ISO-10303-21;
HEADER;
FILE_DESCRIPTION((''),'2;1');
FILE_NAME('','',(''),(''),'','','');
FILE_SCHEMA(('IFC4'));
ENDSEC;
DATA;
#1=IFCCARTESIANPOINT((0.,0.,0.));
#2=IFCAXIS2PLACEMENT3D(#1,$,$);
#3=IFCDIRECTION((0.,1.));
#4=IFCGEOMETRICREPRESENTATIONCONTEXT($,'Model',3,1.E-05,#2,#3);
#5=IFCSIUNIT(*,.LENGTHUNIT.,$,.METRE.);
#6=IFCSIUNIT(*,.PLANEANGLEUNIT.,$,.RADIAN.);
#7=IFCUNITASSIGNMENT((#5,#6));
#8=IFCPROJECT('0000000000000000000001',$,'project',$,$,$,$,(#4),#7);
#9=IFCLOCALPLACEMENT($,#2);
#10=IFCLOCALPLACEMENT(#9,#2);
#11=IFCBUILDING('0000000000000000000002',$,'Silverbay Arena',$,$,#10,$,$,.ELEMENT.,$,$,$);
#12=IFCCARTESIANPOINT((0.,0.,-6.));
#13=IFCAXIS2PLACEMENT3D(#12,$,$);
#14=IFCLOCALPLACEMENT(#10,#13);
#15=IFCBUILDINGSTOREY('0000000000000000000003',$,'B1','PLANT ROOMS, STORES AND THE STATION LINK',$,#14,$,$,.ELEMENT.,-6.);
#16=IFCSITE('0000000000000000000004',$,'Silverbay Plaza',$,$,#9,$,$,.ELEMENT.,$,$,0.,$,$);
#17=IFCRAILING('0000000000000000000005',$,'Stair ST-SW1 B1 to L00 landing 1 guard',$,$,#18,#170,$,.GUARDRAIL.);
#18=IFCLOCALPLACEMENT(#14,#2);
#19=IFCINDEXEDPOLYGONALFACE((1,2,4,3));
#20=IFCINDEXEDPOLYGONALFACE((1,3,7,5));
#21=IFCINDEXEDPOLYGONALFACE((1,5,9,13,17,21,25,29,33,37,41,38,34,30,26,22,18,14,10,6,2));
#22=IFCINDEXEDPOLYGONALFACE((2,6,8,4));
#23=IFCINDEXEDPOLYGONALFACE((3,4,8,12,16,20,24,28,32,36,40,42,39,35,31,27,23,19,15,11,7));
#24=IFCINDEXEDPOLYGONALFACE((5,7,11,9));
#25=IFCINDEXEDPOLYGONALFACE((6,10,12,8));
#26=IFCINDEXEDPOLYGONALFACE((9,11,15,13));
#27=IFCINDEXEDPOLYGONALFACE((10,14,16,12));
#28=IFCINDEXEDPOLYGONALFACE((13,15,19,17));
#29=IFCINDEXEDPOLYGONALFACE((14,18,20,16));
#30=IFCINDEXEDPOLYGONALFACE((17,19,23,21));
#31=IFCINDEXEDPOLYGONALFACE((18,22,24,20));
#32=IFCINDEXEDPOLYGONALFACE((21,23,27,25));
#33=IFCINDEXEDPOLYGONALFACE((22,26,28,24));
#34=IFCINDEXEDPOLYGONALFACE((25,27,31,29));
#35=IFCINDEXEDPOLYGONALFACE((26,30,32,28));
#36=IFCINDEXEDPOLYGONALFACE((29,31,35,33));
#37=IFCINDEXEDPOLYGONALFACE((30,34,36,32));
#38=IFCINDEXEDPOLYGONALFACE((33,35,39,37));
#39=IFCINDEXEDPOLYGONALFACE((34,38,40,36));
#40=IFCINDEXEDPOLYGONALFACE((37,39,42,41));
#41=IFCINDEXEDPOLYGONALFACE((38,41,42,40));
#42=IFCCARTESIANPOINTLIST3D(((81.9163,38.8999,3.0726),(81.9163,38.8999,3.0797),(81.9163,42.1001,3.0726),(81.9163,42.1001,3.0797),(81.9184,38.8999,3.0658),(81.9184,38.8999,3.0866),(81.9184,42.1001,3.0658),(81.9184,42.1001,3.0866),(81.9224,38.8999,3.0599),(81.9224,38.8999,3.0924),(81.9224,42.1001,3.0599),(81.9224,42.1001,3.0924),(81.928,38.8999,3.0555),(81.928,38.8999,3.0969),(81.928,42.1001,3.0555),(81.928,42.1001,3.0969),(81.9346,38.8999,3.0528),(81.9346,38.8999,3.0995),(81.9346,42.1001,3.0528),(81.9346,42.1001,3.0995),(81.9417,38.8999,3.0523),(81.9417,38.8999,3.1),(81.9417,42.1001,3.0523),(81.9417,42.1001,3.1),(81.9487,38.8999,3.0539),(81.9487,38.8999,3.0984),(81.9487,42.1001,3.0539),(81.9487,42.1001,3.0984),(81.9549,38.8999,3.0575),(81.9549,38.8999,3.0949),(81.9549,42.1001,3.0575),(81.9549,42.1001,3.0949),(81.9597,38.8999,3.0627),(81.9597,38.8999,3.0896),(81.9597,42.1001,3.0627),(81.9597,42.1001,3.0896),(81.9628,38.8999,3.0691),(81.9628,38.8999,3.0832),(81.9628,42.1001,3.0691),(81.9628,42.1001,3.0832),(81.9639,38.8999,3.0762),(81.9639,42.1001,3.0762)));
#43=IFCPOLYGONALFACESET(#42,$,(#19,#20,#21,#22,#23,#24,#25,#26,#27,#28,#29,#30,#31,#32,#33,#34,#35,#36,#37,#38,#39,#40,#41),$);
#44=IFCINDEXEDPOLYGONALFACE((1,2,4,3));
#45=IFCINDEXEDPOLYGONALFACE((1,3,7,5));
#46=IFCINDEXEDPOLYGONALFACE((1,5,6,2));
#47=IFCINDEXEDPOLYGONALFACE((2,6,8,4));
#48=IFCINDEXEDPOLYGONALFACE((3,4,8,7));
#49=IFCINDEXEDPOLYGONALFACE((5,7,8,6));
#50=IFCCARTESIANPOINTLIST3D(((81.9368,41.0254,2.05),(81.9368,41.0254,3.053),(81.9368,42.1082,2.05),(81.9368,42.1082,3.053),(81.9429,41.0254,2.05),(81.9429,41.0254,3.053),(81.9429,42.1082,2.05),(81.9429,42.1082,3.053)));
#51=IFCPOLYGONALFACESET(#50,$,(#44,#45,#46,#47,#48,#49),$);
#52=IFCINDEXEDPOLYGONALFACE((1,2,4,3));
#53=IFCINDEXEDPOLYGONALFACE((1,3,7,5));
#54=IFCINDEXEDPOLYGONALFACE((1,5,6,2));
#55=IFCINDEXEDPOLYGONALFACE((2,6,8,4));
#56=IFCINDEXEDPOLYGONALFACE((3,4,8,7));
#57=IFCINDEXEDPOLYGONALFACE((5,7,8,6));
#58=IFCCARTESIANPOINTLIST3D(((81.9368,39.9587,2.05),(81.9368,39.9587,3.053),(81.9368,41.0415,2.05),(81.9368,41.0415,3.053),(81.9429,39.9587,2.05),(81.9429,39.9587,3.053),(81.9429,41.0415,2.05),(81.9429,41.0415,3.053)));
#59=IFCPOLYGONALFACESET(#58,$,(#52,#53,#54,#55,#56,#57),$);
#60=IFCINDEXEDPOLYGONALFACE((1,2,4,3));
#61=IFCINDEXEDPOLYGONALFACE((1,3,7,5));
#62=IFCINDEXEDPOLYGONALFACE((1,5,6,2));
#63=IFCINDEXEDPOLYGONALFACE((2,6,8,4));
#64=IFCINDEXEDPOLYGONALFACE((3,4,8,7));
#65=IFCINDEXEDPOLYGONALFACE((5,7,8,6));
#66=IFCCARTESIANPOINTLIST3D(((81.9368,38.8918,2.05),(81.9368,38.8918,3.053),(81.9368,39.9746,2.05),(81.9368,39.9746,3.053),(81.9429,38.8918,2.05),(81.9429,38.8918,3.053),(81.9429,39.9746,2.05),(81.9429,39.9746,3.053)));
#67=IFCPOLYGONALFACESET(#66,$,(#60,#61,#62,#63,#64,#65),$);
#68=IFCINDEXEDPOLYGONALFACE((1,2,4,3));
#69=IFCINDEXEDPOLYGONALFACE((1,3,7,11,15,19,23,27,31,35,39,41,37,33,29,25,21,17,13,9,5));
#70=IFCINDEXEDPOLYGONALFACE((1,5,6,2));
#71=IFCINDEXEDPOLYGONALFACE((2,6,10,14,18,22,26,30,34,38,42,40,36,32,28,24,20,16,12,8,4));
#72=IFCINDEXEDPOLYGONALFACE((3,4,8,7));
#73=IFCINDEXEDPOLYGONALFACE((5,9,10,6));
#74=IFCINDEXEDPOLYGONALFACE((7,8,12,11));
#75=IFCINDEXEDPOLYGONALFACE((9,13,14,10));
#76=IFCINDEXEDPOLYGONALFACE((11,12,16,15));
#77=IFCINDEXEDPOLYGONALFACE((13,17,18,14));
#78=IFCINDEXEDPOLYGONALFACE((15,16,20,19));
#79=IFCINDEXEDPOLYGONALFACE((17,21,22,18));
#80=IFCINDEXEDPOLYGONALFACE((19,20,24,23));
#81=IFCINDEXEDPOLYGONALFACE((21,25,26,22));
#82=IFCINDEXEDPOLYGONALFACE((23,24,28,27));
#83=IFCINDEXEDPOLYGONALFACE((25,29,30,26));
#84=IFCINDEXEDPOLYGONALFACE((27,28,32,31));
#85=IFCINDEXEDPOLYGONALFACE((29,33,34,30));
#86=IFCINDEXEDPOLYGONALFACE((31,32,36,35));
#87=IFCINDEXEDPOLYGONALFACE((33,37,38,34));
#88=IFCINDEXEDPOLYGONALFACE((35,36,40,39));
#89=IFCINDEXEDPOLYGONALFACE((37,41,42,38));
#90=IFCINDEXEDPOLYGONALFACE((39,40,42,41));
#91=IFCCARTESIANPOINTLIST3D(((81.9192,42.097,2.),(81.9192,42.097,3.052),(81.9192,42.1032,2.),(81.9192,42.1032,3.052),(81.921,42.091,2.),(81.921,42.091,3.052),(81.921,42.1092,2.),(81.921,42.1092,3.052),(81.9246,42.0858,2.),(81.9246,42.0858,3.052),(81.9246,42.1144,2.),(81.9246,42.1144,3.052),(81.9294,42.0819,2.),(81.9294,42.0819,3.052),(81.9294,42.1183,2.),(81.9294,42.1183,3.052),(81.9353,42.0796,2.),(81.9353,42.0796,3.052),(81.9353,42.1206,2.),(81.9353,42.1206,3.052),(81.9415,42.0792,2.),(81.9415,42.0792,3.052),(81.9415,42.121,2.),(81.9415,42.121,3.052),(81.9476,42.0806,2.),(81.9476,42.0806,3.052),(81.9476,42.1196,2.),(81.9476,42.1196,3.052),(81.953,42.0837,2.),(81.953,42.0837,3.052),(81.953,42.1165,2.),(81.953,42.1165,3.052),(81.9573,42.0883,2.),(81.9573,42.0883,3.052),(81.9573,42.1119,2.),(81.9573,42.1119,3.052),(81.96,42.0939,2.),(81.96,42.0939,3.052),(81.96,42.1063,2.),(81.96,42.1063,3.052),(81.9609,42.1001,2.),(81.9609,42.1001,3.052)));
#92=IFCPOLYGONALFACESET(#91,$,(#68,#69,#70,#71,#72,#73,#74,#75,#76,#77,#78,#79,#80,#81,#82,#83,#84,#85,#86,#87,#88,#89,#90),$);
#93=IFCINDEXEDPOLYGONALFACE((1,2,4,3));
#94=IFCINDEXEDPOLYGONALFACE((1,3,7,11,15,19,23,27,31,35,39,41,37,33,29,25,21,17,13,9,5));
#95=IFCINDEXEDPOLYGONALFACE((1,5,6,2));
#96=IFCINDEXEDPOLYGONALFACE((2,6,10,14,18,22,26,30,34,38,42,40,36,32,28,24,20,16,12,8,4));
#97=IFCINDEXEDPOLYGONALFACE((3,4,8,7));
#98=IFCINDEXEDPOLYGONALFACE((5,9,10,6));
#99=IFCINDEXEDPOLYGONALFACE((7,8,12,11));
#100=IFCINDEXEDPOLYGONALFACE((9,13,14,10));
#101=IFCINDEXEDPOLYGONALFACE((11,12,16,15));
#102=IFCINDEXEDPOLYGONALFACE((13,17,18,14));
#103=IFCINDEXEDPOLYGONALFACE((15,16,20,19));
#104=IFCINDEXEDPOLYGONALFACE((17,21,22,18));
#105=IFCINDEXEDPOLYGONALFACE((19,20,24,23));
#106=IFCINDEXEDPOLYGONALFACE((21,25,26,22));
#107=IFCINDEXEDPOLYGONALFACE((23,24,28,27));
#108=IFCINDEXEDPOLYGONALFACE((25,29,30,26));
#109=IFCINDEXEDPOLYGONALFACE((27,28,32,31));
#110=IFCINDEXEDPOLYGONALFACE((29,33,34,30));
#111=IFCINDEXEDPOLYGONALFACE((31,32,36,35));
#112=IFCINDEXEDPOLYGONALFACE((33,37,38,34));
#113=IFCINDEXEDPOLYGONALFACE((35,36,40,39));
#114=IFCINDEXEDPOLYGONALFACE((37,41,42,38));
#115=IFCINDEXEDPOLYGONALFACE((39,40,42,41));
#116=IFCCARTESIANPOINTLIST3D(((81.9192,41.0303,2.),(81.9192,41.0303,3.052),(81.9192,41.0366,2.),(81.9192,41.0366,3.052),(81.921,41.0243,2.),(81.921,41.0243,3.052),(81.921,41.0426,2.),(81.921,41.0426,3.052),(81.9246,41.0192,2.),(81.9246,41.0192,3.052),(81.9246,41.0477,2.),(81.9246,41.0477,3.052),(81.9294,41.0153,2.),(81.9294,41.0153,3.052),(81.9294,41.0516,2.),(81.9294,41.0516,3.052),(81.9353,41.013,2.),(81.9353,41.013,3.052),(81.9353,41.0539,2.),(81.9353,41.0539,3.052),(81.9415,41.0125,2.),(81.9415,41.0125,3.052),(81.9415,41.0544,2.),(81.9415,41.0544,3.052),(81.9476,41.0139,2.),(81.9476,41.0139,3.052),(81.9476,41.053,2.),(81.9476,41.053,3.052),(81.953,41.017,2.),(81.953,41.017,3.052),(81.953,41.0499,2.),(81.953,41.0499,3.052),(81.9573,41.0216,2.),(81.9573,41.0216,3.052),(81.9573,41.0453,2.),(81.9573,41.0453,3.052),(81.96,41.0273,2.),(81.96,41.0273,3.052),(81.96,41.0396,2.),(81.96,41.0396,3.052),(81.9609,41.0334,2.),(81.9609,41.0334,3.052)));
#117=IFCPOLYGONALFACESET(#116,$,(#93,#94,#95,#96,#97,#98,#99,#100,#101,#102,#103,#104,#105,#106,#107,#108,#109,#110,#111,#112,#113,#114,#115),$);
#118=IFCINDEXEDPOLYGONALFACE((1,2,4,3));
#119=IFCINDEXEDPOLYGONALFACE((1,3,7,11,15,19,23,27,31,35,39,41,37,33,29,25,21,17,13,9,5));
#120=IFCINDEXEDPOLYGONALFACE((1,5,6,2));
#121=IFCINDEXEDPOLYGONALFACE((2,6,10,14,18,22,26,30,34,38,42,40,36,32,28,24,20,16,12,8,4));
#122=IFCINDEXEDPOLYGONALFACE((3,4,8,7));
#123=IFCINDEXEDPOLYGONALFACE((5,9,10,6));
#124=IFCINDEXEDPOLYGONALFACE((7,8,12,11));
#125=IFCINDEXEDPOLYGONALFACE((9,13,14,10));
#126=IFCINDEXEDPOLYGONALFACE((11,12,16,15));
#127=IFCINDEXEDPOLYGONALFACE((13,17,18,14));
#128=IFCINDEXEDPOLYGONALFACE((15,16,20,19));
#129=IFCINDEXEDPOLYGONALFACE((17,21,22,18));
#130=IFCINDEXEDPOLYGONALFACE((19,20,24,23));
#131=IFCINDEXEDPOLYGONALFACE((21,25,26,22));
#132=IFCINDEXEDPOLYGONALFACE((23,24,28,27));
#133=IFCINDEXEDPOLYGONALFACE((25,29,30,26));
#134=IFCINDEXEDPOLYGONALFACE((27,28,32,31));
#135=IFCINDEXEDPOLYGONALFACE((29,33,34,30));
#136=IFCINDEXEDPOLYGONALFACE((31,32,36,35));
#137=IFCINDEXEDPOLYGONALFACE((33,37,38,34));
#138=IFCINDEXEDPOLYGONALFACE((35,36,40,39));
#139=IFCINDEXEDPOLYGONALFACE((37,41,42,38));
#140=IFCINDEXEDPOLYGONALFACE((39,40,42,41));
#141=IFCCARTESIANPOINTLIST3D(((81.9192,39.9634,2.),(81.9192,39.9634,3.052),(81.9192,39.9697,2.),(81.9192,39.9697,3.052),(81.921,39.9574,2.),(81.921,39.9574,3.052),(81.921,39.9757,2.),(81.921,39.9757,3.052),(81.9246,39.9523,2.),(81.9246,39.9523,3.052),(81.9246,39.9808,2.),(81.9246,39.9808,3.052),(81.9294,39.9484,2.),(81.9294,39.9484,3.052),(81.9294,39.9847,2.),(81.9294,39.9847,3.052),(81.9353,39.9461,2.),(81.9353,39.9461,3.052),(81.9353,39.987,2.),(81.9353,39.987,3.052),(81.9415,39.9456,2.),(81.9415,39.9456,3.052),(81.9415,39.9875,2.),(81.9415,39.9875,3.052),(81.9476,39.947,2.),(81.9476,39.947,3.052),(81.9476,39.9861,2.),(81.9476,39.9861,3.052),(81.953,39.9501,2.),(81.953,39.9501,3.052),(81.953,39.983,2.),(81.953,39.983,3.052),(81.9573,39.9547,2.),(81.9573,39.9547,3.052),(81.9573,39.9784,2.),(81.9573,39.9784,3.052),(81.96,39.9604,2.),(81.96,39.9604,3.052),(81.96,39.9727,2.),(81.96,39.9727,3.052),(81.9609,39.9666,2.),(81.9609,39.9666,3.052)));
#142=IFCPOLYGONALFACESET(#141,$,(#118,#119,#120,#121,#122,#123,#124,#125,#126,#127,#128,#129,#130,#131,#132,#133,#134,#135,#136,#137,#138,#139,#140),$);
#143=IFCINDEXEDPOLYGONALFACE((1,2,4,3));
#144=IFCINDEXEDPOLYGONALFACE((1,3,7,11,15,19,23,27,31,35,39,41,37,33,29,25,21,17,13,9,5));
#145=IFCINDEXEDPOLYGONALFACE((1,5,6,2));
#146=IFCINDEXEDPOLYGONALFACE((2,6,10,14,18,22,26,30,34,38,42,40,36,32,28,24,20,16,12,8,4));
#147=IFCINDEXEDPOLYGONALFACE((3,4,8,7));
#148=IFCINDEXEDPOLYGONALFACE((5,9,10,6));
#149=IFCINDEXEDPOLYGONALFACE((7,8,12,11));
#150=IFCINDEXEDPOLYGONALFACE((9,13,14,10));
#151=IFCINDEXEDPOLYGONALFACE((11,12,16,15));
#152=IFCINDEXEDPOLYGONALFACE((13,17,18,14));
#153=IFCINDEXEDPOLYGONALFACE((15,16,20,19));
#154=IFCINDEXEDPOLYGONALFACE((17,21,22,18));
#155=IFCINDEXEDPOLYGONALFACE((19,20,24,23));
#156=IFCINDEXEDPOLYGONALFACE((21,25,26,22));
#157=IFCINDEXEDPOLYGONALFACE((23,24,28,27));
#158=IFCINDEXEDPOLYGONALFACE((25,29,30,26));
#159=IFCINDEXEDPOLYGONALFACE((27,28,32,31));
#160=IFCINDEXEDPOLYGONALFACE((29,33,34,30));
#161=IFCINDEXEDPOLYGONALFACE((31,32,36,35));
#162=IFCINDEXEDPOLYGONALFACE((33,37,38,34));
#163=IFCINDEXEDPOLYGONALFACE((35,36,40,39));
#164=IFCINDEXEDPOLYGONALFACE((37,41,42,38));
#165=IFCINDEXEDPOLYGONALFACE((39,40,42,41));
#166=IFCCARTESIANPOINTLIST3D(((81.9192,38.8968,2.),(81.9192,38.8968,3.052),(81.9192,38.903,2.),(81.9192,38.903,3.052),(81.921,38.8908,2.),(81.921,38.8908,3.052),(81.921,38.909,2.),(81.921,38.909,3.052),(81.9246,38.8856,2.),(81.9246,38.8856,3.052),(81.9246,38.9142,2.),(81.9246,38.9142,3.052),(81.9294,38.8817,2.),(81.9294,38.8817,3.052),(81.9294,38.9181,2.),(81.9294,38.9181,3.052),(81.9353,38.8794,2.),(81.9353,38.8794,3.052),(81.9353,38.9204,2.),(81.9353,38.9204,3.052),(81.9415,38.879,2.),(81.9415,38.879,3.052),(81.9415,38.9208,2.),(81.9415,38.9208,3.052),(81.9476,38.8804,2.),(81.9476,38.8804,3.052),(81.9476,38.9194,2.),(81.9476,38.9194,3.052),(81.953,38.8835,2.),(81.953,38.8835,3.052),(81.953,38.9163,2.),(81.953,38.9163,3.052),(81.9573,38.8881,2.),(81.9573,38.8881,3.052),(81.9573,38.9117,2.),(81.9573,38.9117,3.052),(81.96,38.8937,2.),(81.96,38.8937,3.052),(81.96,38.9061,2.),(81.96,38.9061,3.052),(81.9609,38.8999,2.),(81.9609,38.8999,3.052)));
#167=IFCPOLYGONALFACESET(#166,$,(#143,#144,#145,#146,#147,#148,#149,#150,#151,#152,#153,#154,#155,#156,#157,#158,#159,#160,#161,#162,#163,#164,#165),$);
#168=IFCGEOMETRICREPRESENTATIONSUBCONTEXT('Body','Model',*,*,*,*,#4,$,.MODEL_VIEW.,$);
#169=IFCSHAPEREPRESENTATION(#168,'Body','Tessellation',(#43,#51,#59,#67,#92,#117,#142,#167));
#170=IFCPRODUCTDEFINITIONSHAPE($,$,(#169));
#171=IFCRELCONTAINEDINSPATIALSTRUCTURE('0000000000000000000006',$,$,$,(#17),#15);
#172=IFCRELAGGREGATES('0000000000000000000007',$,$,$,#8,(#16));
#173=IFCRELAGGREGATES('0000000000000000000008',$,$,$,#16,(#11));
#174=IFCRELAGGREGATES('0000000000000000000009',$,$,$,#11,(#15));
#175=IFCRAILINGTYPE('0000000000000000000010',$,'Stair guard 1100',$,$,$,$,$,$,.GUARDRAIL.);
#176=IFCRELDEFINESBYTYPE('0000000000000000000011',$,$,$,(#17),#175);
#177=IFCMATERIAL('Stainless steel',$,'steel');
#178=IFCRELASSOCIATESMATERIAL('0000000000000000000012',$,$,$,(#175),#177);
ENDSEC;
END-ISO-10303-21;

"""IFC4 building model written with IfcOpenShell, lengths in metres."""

from ifc_helpers import new_model, si_unit, direction, frame, origin, origin_2d, place, context, subcontext, project, spatial, polyline, circle, outline, extrude, material, type_object, element, save


model = new_model("IFC4")

# Units and contexts
model_context = context("Model", 3, precision=1e-05, world=origin(), true_north=direction((0.0, 1.0)))
body_context = subcontext(model_context, "Body", "Model", "MODEL_VIEW")
ifc_project = project(units=[si_unit("LENGTHUNIT", "METRE"), si_unit("PLANEANGLEUNIT", "RADIAN")], contexts=[model_context])

# Site, building, storey
site_placement = place(None, origin())
site = spatial("IfcSite", under=ifc_project, at=site_placement, Name="Silverbay Plaza", CompositionType="ELEMENT", RefElevation=0.0)
building_placement = place(site_placement, origin())
building = spatial("IfcBuilding", under=site, at=building_placement, Name="Silverbay Arena", CompositionType="ELEMENT")
storey_placement = place(building_placement, frame((0.0, 0.0, -6.0)))
storey = spatial("IfcBuildingStorey", under=building, at=storey_placement, Name="B1", Description="PLANT ROOMS, STORES AND THE STATION LINK", CompositionType="ELEMENT", Elevation=-6.0)

# Railing
ifc_material_1 = material(Name="Stainless steel", Category="steel")
railing_type_1 = type_object("IfcRailingType", Name="Stair guard 1100", PredefinedType="GUARDRAIL", material=ifc_material_1)
for number, where, name in (
    (1, (81.9399, 42.1001, 2.0), "Stair ST-SW1 B1 to L00 landing 1 guard"),
):
    element("IfcRailing", number, at=place(storey_placement, frame(where)), inside=storey, type_object=railing_type_1, Name=name, PredefinedType="GUARDRAIL", context=body_context, shape_type="SweptSolid", body=[
        extrude(circle(Radius=0.0239, at=origin_2d()), frame((0.0, 0.0, 1.0762), z_axis=(0.0, -1.0, 0.0), x_axis=(1.0, 0.0, 0.0)), (0.0, 0.0, 1.0), 3.2002),
        extrude(outline(polyline([(-0.0081, 0.05), (1.0747, 0.05), (1.0747, 1.053), (-0.0081, 1.053), (-0.0081, 0.05)])), frame((0.0029, 0.0, 0.0), z_axis=(-1.0, 0.0, 0.0), x_axis=(0.0, -1.0, 0.0)), (0.0, 0.0, 1.0), 0.0061),
        extrude(outline(polyline([(-0.0081, 0.05), (1.0747, 0.05), (1.0747, 1.053), (-0.0081, 1.053), (-0.0081, 0.05)])), frame((0.0029, -1.0667, 0.0), z_axis=(-1.0, 0.0, 0.0), x_axis=(0.0, -1.0, 0.0)), (0.0, 0.0, 1.0), 0.0061),
        extrude(outline(polyline([(-0.0081, 0.05), (1.0747, 0.05), (1.0747, 1.053), (-0.0081, 1.053), (-0.0081, 0.05)])), frame((0.0029, -2.1335, 0.0), z_axis=(-1.0, 0.0, 0.0), x_axis=(0.0, -1.0, 0.0)), (0.0, 0.0, 1.0), 0.0061),
        extrude(circle(Radius=0.021, at=origin_2d()), origin(), (0.0, 0.0, 1.0), 1.052),
        extrude(circle(Radius=0.021, at=origin_2d()), frame((0.0, -1.0667, 0.0)), (0.0, 0.0, 1.0), 1.052),
        extrude(circle(Radius=0.021, at=origin_2d()), frame((0.0, -2.1335, 0.0)), (0.0, 0.0, 1.0), 1.052),
        extrude(circle(Radius=0.021, at=origin_2d()), frame((0.0, -3.2002, 0.0)), (0.0, 0.0, 1.0), 1.052),
    ])

save(model, "model.ifc")
